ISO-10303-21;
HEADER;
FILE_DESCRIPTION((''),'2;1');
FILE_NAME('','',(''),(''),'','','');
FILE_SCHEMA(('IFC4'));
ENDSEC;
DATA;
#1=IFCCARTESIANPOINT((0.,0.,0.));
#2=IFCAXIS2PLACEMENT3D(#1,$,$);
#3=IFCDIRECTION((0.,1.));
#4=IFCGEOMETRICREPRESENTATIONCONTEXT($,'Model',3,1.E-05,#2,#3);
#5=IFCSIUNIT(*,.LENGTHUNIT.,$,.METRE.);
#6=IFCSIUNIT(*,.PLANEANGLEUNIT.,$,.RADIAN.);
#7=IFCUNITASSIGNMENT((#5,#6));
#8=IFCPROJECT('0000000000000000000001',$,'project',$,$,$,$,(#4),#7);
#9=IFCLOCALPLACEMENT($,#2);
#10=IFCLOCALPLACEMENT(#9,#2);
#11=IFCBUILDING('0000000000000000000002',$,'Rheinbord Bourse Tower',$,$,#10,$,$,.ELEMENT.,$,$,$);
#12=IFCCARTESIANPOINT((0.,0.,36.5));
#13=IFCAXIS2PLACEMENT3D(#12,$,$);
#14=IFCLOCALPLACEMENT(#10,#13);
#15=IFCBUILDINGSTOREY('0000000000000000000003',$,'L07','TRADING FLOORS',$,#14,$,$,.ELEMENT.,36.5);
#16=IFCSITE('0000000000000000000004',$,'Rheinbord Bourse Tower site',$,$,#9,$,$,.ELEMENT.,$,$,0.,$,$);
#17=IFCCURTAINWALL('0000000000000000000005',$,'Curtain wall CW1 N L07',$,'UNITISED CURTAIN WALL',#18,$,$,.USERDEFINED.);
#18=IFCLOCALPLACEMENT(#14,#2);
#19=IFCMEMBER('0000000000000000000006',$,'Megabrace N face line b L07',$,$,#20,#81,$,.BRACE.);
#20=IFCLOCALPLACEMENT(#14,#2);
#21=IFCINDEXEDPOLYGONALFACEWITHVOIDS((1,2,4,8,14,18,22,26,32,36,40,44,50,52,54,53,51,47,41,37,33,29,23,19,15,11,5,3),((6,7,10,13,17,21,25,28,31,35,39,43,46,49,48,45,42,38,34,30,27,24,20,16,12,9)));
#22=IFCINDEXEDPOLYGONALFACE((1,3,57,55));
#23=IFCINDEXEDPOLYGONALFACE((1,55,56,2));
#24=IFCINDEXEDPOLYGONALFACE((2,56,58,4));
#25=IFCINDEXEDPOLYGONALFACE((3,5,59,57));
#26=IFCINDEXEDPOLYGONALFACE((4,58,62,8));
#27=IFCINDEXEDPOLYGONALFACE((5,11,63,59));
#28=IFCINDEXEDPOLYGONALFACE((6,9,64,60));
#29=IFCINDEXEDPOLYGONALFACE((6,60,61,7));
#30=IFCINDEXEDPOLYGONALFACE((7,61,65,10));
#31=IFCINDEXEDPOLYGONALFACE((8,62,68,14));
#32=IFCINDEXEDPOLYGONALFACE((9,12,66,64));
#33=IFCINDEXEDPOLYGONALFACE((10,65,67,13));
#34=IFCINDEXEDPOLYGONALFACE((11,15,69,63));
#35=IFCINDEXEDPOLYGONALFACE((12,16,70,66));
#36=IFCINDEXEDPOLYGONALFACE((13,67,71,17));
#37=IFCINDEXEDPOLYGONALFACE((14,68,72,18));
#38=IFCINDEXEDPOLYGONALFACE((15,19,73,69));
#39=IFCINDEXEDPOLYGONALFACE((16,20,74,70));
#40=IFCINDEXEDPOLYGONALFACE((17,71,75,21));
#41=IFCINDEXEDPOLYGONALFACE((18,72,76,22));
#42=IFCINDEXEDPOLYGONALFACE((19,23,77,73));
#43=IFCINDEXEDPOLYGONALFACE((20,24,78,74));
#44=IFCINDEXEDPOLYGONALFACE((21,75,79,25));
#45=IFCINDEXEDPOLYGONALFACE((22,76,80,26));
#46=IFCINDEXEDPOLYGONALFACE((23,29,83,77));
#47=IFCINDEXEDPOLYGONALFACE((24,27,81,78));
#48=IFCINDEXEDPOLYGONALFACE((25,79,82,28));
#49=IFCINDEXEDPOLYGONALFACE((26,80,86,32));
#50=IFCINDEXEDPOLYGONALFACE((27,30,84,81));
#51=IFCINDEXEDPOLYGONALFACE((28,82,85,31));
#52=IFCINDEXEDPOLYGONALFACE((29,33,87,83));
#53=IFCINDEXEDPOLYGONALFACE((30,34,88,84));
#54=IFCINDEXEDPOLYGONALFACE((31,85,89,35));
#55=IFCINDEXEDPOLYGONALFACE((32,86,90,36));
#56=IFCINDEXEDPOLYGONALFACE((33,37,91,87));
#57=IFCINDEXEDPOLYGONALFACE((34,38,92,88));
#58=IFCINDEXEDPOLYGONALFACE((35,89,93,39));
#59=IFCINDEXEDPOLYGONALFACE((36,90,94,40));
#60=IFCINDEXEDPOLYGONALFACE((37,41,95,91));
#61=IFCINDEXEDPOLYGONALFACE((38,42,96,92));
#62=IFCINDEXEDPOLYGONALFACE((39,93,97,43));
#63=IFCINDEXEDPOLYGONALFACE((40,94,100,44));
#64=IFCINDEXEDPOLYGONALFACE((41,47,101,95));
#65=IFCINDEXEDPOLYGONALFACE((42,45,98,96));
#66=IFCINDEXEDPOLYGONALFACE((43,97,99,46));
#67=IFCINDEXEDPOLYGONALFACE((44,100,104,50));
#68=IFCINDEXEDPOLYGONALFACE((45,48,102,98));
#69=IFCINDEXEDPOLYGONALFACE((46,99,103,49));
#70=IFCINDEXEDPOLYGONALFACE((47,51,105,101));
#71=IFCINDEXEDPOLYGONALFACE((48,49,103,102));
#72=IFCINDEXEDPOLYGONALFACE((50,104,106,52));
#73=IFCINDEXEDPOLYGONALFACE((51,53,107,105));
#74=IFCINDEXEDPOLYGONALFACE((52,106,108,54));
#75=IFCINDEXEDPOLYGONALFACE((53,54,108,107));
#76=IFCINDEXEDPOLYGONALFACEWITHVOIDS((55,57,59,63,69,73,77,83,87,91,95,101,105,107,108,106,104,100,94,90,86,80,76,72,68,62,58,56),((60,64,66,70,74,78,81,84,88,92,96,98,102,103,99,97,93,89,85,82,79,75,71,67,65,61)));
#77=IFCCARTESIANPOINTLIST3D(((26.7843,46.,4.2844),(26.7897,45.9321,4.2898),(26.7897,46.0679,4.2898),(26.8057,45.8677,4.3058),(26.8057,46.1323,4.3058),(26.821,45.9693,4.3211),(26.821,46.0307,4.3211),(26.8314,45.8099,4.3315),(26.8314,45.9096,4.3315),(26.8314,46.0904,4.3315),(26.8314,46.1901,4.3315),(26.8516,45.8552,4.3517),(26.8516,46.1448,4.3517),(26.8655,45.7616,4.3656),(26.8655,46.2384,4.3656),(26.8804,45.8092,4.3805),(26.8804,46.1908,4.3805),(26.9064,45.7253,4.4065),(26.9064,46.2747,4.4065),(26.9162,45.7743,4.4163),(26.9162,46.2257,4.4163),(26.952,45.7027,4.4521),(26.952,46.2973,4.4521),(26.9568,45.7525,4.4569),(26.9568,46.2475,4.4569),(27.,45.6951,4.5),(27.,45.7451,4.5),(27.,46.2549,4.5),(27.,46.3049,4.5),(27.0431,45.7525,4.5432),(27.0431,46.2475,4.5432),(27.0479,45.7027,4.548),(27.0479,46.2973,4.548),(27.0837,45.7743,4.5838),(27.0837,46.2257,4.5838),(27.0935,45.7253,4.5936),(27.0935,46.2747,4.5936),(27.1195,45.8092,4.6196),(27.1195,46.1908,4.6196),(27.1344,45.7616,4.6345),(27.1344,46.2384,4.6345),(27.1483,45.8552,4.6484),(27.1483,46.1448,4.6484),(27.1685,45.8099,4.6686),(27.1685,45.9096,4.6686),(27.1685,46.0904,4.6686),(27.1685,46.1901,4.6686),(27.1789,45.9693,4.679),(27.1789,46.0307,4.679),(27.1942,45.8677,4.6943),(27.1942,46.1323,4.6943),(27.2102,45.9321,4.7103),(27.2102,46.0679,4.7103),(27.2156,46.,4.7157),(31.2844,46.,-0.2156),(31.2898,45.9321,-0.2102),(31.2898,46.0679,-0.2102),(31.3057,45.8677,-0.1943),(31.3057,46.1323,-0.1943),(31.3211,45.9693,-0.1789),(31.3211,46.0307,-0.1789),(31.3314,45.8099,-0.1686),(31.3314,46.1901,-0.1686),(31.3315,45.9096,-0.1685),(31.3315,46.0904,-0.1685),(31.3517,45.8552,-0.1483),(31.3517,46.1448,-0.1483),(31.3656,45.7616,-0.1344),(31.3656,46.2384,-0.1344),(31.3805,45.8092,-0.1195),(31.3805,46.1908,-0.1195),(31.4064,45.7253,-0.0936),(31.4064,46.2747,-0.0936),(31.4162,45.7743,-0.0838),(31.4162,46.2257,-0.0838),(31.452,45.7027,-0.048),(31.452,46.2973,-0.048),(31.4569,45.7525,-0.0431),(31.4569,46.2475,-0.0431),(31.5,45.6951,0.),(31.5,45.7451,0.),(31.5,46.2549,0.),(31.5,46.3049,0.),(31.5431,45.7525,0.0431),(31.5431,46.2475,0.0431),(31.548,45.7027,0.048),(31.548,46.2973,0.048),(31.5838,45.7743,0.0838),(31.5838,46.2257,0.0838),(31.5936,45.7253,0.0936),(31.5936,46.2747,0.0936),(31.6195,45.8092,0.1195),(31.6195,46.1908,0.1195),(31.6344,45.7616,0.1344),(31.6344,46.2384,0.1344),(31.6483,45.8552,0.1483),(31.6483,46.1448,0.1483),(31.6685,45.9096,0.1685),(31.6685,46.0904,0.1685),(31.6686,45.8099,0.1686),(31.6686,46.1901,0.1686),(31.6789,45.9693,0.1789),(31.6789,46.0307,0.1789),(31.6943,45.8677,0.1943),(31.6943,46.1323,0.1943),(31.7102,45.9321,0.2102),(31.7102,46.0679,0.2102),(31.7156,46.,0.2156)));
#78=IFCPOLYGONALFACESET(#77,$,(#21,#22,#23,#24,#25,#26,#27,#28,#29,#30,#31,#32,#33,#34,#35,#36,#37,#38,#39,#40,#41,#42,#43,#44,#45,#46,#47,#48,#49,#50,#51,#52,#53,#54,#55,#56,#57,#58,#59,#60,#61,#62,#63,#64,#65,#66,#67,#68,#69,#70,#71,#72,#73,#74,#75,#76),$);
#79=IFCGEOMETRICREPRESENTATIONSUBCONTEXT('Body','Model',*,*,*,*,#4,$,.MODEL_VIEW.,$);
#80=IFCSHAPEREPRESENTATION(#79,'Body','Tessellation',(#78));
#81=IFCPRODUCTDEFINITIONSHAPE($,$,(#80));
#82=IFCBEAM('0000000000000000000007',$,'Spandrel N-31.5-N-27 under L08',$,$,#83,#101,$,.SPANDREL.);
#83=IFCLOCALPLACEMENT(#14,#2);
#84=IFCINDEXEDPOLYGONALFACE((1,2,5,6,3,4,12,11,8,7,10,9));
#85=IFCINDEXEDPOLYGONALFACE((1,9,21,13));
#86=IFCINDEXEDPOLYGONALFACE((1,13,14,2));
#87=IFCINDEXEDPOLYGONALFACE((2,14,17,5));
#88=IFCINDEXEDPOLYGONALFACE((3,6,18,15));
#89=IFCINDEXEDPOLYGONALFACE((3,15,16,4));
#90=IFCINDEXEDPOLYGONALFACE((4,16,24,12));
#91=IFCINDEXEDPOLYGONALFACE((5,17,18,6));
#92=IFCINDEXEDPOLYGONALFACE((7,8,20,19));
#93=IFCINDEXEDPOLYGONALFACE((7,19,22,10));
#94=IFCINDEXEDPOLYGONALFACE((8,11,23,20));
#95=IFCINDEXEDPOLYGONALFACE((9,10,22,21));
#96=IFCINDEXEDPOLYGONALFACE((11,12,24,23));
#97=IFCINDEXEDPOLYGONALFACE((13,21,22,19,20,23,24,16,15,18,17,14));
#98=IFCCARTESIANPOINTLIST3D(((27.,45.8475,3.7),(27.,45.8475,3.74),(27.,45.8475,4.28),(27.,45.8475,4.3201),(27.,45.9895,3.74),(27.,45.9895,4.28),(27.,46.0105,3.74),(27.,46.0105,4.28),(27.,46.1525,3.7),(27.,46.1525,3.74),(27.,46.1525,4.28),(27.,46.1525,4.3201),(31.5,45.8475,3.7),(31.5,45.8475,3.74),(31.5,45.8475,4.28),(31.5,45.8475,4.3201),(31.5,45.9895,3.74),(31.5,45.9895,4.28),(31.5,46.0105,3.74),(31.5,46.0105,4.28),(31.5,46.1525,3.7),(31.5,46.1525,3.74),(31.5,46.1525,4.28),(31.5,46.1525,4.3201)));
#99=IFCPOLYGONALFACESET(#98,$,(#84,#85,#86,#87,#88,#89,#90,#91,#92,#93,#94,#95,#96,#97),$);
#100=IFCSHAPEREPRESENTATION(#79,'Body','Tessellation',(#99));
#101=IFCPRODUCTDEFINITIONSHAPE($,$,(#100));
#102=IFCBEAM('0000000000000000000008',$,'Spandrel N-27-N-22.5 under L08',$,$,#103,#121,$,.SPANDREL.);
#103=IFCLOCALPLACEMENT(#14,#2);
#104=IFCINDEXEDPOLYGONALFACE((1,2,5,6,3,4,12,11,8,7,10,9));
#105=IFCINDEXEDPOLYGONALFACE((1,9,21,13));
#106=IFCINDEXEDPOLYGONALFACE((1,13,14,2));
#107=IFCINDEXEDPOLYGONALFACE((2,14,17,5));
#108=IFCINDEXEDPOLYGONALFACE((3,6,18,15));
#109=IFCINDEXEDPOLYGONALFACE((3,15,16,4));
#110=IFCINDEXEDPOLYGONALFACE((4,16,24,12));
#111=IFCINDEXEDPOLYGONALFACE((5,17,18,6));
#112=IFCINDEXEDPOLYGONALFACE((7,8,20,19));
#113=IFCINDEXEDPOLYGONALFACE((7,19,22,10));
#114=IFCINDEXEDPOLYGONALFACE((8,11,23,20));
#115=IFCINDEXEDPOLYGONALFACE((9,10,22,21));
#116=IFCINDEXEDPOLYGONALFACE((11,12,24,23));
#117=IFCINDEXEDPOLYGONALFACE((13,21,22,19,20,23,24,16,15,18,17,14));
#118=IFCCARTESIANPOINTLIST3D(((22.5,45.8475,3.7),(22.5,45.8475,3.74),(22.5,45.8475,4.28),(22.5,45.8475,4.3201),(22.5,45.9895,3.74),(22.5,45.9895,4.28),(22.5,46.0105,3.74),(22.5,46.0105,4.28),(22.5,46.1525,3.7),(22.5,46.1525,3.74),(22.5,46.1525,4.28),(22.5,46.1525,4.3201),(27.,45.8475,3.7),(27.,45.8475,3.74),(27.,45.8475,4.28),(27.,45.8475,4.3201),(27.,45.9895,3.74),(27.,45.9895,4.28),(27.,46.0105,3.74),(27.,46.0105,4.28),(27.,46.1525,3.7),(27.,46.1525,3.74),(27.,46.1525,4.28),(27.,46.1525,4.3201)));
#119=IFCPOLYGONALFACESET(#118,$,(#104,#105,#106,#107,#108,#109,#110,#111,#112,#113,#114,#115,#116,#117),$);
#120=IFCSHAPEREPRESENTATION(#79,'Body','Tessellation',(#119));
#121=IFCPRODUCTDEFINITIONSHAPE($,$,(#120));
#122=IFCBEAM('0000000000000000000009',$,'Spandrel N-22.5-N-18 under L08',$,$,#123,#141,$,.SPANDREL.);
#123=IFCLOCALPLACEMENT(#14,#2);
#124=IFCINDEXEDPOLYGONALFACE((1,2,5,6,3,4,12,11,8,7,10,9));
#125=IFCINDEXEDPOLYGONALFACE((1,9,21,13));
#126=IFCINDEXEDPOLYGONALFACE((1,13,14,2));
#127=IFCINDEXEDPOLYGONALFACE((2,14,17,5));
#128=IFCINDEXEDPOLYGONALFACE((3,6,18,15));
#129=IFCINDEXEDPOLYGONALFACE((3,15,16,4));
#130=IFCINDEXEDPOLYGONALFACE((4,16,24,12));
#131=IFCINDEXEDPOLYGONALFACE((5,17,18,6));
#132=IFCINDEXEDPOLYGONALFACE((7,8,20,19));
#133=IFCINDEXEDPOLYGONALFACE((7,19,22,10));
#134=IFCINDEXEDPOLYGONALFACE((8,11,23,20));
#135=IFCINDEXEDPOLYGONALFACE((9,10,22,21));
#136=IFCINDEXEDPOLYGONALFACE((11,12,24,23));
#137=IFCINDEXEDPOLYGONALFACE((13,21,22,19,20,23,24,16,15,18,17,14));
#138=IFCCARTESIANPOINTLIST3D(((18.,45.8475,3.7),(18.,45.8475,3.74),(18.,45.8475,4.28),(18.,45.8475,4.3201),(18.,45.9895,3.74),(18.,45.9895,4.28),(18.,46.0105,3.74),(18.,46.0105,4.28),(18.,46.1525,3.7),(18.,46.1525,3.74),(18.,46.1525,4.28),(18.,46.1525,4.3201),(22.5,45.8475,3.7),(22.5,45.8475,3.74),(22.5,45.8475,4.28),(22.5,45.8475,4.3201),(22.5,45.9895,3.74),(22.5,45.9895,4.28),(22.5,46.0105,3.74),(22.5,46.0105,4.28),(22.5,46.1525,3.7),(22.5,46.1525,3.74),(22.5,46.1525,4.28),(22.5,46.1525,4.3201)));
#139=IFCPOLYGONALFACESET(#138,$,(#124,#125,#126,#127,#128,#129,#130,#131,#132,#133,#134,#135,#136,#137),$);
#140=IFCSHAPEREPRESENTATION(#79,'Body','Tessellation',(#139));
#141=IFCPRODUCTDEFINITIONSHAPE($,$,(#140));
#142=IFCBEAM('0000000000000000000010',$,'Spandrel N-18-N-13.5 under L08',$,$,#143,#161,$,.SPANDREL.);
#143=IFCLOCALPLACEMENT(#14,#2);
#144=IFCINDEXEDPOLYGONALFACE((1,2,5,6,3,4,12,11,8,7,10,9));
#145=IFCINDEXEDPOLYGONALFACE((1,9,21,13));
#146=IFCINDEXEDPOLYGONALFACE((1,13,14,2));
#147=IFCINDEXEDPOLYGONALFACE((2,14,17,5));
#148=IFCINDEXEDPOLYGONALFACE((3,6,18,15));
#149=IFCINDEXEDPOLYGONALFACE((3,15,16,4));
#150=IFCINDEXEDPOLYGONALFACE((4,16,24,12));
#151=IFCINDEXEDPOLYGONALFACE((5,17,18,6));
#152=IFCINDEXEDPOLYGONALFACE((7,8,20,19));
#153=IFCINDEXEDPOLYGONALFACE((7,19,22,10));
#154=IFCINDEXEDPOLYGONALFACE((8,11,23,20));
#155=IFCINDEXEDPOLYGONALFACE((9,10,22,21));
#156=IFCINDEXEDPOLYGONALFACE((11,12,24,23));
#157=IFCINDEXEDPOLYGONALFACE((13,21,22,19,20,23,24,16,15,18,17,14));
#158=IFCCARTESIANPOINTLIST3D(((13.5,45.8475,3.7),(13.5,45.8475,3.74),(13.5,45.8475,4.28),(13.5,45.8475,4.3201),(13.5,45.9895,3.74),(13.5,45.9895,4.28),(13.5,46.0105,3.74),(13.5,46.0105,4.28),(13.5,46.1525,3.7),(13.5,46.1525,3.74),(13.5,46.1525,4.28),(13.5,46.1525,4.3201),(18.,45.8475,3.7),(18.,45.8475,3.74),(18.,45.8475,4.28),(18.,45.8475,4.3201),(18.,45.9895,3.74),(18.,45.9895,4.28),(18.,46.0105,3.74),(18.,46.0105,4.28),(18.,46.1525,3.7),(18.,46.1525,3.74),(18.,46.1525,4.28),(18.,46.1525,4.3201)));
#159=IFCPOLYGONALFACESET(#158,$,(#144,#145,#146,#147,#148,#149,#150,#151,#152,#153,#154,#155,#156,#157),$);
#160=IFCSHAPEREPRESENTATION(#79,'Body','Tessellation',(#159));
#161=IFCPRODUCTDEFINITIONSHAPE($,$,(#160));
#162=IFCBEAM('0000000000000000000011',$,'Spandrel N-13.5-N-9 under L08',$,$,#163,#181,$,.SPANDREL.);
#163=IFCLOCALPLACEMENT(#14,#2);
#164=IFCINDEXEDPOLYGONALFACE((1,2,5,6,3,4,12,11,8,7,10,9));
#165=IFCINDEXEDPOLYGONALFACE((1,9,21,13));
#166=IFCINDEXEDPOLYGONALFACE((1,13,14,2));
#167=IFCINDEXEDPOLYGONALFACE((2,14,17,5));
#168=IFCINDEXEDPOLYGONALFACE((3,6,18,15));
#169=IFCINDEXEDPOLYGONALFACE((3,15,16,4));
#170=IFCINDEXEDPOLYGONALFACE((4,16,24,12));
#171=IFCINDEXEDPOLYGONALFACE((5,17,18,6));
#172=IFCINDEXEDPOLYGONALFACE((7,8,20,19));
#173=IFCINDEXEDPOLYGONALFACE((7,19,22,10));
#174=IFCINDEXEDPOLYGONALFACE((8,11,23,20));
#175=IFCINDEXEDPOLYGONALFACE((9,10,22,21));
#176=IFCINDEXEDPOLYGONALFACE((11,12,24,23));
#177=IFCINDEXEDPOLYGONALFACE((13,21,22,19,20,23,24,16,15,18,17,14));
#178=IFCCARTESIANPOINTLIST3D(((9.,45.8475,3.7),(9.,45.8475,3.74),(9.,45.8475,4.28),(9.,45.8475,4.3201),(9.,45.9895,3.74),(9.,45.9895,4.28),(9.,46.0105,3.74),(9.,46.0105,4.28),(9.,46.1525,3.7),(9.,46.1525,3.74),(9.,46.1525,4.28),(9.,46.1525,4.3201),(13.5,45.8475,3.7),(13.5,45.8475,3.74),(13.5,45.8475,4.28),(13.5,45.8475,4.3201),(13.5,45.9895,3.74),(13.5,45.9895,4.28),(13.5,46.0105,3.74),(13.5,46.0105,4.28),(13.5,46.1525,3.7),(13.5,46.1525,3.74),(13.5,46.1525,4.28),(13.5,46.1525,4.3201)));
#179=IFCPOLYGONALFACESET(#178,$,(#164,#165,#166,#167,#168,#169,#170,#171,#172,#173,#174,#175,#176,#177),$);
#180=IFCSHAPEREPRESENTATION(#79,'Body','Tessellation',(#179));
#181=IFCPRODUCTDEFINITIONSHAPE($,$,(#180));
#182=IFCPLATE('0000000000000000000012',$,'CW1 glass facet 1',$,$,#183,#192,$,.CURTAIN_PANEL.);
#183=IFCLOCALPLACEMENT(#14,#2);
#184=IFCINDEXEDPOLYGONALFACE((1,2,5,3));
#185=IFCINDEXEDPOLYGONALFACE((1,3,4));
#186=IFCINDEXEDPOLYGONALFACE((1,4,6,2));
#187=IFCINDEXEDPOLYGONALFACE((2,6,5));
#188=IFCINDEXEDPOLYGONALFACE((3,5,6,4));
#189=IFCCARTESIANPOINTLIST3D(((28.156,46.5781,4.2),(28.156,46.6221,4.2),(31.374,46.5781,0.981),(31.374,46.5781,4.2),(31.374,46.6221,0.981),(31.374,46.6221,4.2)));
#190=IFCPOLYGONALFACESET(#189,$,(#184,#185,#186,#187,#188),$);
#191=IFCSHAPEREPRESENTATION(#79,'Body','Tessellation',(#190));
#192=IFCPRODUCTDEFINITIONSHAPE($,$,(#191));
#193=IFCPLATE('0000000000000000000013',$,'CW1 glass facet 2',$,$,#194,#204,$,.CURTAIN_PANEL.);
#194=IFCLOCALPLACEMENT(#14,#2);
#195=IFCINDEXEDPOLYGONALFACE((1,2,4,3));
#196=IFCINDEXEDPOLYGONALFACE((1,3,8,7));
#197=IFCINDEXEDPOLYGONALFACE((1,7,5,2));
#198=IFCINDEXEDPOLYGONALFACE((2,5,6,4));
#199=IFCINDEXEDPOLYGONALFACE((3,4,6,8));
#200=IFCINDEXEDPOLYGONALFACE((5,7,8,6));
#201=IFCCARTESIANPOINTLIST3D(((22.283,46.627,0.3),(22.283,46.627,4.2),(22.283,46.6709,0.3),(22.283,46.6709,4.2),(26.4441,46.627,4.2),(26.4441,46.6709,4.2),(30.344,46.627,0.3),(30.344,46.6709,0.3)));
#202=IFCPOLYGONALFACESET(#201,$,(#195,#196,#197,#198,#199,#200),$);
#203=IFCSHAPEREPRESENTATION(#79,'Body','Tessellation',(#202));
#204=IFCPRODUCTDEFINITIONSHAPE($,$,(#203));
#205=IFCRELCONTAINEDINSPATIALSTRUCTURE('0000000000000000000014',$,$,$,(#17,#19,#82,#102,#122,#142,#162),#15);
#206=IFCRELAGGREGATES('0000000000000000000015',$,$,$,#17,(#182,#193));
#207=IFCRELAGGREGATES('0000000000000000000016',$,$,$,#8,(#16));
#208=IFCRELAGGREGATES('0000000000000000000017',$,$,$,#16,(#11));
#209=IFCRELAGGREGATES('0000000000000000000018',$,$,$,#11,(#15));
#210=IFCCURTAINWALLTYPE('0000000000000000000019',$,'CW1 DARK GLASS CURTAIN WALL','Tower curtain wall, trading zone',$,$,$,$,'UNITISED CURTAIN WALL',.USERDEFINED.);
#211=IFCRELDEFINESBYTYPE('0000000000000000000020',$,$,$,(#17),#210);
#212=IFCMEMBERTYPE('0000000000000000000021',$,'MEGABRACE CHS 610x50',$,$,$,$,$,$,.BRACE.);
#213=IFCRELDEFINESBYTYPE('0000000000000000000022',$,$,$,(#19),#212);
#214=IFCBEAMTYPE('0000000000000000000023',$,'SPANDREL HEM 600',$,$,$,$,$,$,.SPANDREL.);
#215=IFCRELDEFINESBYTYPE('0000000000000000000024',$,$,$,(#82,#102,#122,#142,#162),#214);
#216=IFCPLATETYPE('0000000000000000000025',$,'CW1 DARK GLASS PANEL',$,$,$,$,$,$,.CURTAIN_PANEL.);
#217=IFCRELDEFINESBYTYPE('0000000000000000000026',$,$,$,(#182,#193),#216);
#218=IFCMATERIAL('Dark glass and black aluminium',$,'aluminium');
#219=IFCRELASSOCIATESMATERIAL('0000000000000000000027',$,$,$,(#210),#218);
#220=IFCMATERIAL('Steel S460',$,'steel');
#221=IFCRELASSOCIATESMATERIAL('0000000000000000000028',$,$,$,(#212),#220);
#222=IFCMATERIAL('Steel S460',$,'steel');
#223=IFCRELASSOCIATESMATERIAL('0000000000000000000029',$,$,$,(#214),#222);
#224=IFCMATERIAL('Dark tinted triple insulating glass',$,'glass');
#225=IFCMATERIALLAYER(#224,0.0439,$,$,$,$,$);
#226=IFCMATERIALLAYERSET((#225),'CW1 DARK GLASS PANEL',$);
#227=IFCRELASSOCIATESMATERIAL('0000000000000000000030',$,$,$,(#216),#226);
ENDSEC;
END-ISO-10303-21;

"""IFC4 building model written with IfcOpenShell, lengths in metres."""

from ifc_helpers import new_model, si_unit, direction, frame, origin, origin_2d, place, context, subcontext, project, spatial, polyline, hollow_circle, i_section, outline, extrude, material, layer, layer_set, material_profile, profile_set, type_object, element, aggregate, save


model = new_model("IFC4")

# Units and contexts
model_context = context("Model", 3, precision=1e-05, world=origin(), true_north=direction((0.0, 1.0)))
body_context = subcontext(model_context, "Body", "Model", "MODEL_VIEW")
ifc_project = project(units=[si_unit("LENGTHUNIT", "METRE"), si_unit("PLANEANGLEUNIT", "RADIAN")], contexts=[model_context])

# Site, building, storey
site_placement = place(None, origin())
site = spatial("IfcSite", under=ifc_project, at=site_placement, Name="Rheinbord Bourse Tower site", CompositionType="ELEMENT", RefElevation=0.0)
building_placement = place(site_placement, origin())
building = spatial("IfcBuilding", under=site, at=building_placement, Name="Rheinbord Bourse Tower", CompositionType="ELEMENT")
storey_placement = place(building_placement, frame((0.0, 0.0, 36.5)))
storey = spatial("IfcBuildingStorey", under=building, at=storey_placement, Name="L07", Description="TRADING FLOORS", CompositionType="ELEMENT", Elevation=36.5)

# Curtain wall
ifc_material_1 = material(Name="Dark glass and black aluminium", Category="aluminium")
curtain_wall_type = type_object("IfcCurtainWallType", Name="CW1 DARK GLASS CURTAIN WALL", Description="Tower curtain wall, trading zone", ElementType="UNITISED CURTAIN WALL", PredefinedType="USERDEFINED", material=ifc_material_1)
curtain_wall_placement = place(storey_placement, origin())
curtain_wall = element("IfcCurtainWall", 1, at=curtain_wall_placement, inside=storey, type_object=curtain_wall_type, Name="Curtain wall CW1 N L07", ObjectType="UNITISED CURTAIN WALL", PredefinedType="USERDEFINED")

# Member
ifc_material_2 = material(Name="Steel S460", Category="steel")
ifc_material_profile_1 = material_profile(ifc_material_2, hollow_circle(Radius=0.3049, WallThickness=0.05, at=origin_2d()), Name="CHS 610x50")
ifc_profile_set_1 = profile_set([ifc_material_profile_1], Name="Steel S460")
member_type_1 = type_object("IfcMemberType", Name="MEGABRACE CHS 610x50", PredefinedType="BRACE", material=ifc_profile_set_1)
member_1_placement = place(storey_placement, frame((31.5, 46.0, 0.0), z_axis=(-0.707107, 0.0, 0.707107), x_axis=(0.0, -1.0, 0.0)))
element("IfcMember", 2, at=member_1_placement, inside=storey, type_object=member_type_1, Name="Megabrace N face line b L07", PredefinedType="BRACE", context=body_context, shape_type="SweptSolid", body=[
    extrude(hollow_circle(Radius=0.3049, WallThickness=0.05, at=origin_2d()), origin(), (0.0, 0.0, 1.0), 6.364),
])

# Beams
ifc_material_3 = material(Name="Steel S460", Category="steel")
ifc_material_profile_2 = material_profile(ifc_material_3, i_section(OverallWidth=0.3049, OverallDepth=0.6201, WebThickness=0.021, FlangeThickness=0.04, at=origin_2d()), Name="HEM 600")
ifc_profile_set_2 = profile_set([ifc_material_profile_2], Name="Steel S460")
beam_type_1 = type_object("IfcBeamType", Name="SPANDREL HEM 600", PredefinedType="SPANDREL", material=ifc_profile_set_2)
for number, where, z_axis, x_axis, name in (
    (3, (31.5, 46.0, 4.01), (-1.0, 0.0, 0.0), (0.0, -1.0, 0.0), "Spandrel N-31.5-N-27 under L08"),
    (4, (27.0, 46.0, 4.01), (-1.0, 0.0, 0.0), (0.0, -1.0, 0.0), "Spandrel N-27-N-22.5 under L08"),
    (5, (22.5, 46.0, 4.01), (-1.0, 0.0, 0.0), (0.0, -1.0, 0.0), "Spandrel N-22.5-N-18 under L08"),
    (6, (18.0, 46.0, 4.01), (-1.0, 0.0, 0.0), (0.0, -1.0, 0.0), "Spandrel N-18-N-13.5 under L08"),
    (7, (13.5, 46.0, 4.01), (-1.0, 0.0, 0.0), (0.0, -1.0, 0.0), "Spandrel N-13.5-N-9 under L08"),
):
    element("IfcBeam", number, at=place(storey_placement, frame(where, z_axis=z_axis, x_axis=x_axis)), inside=storey, type_object=beam_type_1, Name=name, PredefinedType="SPANDREL", context=body_context, shape_type="SweptSolid", body=[
        extrude(i_section(OverallWidth=0.3049, OverallDepth=0.6201, WebThickness=0.021, FlangeThickness=0.04, at=origin_2d()), origin(), (0.0, 0.0, 1.0), 4.5),
    ])

# Plates
ifc_material_4 = material(Name="Dark tinted triple insulating glass", Category="glass")
ifc_layer = layer(ifc_material_4, 0.0439)
ifc_layer_set = layer_set([ifc_layer], Name="CW1 DARK GLASS PANEL")
plate_type = type_object("IfcPlateType", Name="CW1 DARK GLASS PANEL", PredefinedType="CURTAIN_PANEL", material=ifc_layer_set)
plate_1_placement = place(storey_placement, frame((31.374, 46.6221, 4.2), z_axis=(0.0, -1.0, 0.0), x_axis=(-1.0, 0.0, 0.0)))
plate_1 = element("IfcPlate", 8, at=plate_1_placement, type_object=plate_type, Name="CW1 glass facet 1", PredefinedType="CURTAIN_PANEL", context=body_context, shape_type="SweptSolid", body=[
    extrude(outline(polyline([(0.0, 0.0), (3.218, 0.0), (0.0, 3.219), (0.0, 0.0)])), origin(), (0.0, 0.0, 1.0), 0.0439),
])
plate_2_placement = place(storey_placement, frame((22.283, 46.6709, 4.2), z_axis=(0.0, -1.0, 0.0), x_axis=(0.0, 0.0, -1.0)))
plate_2 = element("IfcPlate", 9, at=plate_2_placement, type_object=plate_type, Name="CW1 glass facet 2", PredefinedType="CURTAIN_PANEL", context=body_context, shape_type="SweptSolid", body=[
    extrude(outline(polyline([(0.0, 0.0), (3.8999, 0.0), (3.8999, 8.061), (0.0, 4.1611), (0.0, 0.0)])), origin(), (0.0, 0.0, 1.0), 0.0439),
])
aggregate(curtain_wall, [plate_1, plate_2])

save(model, "model.ifc")
